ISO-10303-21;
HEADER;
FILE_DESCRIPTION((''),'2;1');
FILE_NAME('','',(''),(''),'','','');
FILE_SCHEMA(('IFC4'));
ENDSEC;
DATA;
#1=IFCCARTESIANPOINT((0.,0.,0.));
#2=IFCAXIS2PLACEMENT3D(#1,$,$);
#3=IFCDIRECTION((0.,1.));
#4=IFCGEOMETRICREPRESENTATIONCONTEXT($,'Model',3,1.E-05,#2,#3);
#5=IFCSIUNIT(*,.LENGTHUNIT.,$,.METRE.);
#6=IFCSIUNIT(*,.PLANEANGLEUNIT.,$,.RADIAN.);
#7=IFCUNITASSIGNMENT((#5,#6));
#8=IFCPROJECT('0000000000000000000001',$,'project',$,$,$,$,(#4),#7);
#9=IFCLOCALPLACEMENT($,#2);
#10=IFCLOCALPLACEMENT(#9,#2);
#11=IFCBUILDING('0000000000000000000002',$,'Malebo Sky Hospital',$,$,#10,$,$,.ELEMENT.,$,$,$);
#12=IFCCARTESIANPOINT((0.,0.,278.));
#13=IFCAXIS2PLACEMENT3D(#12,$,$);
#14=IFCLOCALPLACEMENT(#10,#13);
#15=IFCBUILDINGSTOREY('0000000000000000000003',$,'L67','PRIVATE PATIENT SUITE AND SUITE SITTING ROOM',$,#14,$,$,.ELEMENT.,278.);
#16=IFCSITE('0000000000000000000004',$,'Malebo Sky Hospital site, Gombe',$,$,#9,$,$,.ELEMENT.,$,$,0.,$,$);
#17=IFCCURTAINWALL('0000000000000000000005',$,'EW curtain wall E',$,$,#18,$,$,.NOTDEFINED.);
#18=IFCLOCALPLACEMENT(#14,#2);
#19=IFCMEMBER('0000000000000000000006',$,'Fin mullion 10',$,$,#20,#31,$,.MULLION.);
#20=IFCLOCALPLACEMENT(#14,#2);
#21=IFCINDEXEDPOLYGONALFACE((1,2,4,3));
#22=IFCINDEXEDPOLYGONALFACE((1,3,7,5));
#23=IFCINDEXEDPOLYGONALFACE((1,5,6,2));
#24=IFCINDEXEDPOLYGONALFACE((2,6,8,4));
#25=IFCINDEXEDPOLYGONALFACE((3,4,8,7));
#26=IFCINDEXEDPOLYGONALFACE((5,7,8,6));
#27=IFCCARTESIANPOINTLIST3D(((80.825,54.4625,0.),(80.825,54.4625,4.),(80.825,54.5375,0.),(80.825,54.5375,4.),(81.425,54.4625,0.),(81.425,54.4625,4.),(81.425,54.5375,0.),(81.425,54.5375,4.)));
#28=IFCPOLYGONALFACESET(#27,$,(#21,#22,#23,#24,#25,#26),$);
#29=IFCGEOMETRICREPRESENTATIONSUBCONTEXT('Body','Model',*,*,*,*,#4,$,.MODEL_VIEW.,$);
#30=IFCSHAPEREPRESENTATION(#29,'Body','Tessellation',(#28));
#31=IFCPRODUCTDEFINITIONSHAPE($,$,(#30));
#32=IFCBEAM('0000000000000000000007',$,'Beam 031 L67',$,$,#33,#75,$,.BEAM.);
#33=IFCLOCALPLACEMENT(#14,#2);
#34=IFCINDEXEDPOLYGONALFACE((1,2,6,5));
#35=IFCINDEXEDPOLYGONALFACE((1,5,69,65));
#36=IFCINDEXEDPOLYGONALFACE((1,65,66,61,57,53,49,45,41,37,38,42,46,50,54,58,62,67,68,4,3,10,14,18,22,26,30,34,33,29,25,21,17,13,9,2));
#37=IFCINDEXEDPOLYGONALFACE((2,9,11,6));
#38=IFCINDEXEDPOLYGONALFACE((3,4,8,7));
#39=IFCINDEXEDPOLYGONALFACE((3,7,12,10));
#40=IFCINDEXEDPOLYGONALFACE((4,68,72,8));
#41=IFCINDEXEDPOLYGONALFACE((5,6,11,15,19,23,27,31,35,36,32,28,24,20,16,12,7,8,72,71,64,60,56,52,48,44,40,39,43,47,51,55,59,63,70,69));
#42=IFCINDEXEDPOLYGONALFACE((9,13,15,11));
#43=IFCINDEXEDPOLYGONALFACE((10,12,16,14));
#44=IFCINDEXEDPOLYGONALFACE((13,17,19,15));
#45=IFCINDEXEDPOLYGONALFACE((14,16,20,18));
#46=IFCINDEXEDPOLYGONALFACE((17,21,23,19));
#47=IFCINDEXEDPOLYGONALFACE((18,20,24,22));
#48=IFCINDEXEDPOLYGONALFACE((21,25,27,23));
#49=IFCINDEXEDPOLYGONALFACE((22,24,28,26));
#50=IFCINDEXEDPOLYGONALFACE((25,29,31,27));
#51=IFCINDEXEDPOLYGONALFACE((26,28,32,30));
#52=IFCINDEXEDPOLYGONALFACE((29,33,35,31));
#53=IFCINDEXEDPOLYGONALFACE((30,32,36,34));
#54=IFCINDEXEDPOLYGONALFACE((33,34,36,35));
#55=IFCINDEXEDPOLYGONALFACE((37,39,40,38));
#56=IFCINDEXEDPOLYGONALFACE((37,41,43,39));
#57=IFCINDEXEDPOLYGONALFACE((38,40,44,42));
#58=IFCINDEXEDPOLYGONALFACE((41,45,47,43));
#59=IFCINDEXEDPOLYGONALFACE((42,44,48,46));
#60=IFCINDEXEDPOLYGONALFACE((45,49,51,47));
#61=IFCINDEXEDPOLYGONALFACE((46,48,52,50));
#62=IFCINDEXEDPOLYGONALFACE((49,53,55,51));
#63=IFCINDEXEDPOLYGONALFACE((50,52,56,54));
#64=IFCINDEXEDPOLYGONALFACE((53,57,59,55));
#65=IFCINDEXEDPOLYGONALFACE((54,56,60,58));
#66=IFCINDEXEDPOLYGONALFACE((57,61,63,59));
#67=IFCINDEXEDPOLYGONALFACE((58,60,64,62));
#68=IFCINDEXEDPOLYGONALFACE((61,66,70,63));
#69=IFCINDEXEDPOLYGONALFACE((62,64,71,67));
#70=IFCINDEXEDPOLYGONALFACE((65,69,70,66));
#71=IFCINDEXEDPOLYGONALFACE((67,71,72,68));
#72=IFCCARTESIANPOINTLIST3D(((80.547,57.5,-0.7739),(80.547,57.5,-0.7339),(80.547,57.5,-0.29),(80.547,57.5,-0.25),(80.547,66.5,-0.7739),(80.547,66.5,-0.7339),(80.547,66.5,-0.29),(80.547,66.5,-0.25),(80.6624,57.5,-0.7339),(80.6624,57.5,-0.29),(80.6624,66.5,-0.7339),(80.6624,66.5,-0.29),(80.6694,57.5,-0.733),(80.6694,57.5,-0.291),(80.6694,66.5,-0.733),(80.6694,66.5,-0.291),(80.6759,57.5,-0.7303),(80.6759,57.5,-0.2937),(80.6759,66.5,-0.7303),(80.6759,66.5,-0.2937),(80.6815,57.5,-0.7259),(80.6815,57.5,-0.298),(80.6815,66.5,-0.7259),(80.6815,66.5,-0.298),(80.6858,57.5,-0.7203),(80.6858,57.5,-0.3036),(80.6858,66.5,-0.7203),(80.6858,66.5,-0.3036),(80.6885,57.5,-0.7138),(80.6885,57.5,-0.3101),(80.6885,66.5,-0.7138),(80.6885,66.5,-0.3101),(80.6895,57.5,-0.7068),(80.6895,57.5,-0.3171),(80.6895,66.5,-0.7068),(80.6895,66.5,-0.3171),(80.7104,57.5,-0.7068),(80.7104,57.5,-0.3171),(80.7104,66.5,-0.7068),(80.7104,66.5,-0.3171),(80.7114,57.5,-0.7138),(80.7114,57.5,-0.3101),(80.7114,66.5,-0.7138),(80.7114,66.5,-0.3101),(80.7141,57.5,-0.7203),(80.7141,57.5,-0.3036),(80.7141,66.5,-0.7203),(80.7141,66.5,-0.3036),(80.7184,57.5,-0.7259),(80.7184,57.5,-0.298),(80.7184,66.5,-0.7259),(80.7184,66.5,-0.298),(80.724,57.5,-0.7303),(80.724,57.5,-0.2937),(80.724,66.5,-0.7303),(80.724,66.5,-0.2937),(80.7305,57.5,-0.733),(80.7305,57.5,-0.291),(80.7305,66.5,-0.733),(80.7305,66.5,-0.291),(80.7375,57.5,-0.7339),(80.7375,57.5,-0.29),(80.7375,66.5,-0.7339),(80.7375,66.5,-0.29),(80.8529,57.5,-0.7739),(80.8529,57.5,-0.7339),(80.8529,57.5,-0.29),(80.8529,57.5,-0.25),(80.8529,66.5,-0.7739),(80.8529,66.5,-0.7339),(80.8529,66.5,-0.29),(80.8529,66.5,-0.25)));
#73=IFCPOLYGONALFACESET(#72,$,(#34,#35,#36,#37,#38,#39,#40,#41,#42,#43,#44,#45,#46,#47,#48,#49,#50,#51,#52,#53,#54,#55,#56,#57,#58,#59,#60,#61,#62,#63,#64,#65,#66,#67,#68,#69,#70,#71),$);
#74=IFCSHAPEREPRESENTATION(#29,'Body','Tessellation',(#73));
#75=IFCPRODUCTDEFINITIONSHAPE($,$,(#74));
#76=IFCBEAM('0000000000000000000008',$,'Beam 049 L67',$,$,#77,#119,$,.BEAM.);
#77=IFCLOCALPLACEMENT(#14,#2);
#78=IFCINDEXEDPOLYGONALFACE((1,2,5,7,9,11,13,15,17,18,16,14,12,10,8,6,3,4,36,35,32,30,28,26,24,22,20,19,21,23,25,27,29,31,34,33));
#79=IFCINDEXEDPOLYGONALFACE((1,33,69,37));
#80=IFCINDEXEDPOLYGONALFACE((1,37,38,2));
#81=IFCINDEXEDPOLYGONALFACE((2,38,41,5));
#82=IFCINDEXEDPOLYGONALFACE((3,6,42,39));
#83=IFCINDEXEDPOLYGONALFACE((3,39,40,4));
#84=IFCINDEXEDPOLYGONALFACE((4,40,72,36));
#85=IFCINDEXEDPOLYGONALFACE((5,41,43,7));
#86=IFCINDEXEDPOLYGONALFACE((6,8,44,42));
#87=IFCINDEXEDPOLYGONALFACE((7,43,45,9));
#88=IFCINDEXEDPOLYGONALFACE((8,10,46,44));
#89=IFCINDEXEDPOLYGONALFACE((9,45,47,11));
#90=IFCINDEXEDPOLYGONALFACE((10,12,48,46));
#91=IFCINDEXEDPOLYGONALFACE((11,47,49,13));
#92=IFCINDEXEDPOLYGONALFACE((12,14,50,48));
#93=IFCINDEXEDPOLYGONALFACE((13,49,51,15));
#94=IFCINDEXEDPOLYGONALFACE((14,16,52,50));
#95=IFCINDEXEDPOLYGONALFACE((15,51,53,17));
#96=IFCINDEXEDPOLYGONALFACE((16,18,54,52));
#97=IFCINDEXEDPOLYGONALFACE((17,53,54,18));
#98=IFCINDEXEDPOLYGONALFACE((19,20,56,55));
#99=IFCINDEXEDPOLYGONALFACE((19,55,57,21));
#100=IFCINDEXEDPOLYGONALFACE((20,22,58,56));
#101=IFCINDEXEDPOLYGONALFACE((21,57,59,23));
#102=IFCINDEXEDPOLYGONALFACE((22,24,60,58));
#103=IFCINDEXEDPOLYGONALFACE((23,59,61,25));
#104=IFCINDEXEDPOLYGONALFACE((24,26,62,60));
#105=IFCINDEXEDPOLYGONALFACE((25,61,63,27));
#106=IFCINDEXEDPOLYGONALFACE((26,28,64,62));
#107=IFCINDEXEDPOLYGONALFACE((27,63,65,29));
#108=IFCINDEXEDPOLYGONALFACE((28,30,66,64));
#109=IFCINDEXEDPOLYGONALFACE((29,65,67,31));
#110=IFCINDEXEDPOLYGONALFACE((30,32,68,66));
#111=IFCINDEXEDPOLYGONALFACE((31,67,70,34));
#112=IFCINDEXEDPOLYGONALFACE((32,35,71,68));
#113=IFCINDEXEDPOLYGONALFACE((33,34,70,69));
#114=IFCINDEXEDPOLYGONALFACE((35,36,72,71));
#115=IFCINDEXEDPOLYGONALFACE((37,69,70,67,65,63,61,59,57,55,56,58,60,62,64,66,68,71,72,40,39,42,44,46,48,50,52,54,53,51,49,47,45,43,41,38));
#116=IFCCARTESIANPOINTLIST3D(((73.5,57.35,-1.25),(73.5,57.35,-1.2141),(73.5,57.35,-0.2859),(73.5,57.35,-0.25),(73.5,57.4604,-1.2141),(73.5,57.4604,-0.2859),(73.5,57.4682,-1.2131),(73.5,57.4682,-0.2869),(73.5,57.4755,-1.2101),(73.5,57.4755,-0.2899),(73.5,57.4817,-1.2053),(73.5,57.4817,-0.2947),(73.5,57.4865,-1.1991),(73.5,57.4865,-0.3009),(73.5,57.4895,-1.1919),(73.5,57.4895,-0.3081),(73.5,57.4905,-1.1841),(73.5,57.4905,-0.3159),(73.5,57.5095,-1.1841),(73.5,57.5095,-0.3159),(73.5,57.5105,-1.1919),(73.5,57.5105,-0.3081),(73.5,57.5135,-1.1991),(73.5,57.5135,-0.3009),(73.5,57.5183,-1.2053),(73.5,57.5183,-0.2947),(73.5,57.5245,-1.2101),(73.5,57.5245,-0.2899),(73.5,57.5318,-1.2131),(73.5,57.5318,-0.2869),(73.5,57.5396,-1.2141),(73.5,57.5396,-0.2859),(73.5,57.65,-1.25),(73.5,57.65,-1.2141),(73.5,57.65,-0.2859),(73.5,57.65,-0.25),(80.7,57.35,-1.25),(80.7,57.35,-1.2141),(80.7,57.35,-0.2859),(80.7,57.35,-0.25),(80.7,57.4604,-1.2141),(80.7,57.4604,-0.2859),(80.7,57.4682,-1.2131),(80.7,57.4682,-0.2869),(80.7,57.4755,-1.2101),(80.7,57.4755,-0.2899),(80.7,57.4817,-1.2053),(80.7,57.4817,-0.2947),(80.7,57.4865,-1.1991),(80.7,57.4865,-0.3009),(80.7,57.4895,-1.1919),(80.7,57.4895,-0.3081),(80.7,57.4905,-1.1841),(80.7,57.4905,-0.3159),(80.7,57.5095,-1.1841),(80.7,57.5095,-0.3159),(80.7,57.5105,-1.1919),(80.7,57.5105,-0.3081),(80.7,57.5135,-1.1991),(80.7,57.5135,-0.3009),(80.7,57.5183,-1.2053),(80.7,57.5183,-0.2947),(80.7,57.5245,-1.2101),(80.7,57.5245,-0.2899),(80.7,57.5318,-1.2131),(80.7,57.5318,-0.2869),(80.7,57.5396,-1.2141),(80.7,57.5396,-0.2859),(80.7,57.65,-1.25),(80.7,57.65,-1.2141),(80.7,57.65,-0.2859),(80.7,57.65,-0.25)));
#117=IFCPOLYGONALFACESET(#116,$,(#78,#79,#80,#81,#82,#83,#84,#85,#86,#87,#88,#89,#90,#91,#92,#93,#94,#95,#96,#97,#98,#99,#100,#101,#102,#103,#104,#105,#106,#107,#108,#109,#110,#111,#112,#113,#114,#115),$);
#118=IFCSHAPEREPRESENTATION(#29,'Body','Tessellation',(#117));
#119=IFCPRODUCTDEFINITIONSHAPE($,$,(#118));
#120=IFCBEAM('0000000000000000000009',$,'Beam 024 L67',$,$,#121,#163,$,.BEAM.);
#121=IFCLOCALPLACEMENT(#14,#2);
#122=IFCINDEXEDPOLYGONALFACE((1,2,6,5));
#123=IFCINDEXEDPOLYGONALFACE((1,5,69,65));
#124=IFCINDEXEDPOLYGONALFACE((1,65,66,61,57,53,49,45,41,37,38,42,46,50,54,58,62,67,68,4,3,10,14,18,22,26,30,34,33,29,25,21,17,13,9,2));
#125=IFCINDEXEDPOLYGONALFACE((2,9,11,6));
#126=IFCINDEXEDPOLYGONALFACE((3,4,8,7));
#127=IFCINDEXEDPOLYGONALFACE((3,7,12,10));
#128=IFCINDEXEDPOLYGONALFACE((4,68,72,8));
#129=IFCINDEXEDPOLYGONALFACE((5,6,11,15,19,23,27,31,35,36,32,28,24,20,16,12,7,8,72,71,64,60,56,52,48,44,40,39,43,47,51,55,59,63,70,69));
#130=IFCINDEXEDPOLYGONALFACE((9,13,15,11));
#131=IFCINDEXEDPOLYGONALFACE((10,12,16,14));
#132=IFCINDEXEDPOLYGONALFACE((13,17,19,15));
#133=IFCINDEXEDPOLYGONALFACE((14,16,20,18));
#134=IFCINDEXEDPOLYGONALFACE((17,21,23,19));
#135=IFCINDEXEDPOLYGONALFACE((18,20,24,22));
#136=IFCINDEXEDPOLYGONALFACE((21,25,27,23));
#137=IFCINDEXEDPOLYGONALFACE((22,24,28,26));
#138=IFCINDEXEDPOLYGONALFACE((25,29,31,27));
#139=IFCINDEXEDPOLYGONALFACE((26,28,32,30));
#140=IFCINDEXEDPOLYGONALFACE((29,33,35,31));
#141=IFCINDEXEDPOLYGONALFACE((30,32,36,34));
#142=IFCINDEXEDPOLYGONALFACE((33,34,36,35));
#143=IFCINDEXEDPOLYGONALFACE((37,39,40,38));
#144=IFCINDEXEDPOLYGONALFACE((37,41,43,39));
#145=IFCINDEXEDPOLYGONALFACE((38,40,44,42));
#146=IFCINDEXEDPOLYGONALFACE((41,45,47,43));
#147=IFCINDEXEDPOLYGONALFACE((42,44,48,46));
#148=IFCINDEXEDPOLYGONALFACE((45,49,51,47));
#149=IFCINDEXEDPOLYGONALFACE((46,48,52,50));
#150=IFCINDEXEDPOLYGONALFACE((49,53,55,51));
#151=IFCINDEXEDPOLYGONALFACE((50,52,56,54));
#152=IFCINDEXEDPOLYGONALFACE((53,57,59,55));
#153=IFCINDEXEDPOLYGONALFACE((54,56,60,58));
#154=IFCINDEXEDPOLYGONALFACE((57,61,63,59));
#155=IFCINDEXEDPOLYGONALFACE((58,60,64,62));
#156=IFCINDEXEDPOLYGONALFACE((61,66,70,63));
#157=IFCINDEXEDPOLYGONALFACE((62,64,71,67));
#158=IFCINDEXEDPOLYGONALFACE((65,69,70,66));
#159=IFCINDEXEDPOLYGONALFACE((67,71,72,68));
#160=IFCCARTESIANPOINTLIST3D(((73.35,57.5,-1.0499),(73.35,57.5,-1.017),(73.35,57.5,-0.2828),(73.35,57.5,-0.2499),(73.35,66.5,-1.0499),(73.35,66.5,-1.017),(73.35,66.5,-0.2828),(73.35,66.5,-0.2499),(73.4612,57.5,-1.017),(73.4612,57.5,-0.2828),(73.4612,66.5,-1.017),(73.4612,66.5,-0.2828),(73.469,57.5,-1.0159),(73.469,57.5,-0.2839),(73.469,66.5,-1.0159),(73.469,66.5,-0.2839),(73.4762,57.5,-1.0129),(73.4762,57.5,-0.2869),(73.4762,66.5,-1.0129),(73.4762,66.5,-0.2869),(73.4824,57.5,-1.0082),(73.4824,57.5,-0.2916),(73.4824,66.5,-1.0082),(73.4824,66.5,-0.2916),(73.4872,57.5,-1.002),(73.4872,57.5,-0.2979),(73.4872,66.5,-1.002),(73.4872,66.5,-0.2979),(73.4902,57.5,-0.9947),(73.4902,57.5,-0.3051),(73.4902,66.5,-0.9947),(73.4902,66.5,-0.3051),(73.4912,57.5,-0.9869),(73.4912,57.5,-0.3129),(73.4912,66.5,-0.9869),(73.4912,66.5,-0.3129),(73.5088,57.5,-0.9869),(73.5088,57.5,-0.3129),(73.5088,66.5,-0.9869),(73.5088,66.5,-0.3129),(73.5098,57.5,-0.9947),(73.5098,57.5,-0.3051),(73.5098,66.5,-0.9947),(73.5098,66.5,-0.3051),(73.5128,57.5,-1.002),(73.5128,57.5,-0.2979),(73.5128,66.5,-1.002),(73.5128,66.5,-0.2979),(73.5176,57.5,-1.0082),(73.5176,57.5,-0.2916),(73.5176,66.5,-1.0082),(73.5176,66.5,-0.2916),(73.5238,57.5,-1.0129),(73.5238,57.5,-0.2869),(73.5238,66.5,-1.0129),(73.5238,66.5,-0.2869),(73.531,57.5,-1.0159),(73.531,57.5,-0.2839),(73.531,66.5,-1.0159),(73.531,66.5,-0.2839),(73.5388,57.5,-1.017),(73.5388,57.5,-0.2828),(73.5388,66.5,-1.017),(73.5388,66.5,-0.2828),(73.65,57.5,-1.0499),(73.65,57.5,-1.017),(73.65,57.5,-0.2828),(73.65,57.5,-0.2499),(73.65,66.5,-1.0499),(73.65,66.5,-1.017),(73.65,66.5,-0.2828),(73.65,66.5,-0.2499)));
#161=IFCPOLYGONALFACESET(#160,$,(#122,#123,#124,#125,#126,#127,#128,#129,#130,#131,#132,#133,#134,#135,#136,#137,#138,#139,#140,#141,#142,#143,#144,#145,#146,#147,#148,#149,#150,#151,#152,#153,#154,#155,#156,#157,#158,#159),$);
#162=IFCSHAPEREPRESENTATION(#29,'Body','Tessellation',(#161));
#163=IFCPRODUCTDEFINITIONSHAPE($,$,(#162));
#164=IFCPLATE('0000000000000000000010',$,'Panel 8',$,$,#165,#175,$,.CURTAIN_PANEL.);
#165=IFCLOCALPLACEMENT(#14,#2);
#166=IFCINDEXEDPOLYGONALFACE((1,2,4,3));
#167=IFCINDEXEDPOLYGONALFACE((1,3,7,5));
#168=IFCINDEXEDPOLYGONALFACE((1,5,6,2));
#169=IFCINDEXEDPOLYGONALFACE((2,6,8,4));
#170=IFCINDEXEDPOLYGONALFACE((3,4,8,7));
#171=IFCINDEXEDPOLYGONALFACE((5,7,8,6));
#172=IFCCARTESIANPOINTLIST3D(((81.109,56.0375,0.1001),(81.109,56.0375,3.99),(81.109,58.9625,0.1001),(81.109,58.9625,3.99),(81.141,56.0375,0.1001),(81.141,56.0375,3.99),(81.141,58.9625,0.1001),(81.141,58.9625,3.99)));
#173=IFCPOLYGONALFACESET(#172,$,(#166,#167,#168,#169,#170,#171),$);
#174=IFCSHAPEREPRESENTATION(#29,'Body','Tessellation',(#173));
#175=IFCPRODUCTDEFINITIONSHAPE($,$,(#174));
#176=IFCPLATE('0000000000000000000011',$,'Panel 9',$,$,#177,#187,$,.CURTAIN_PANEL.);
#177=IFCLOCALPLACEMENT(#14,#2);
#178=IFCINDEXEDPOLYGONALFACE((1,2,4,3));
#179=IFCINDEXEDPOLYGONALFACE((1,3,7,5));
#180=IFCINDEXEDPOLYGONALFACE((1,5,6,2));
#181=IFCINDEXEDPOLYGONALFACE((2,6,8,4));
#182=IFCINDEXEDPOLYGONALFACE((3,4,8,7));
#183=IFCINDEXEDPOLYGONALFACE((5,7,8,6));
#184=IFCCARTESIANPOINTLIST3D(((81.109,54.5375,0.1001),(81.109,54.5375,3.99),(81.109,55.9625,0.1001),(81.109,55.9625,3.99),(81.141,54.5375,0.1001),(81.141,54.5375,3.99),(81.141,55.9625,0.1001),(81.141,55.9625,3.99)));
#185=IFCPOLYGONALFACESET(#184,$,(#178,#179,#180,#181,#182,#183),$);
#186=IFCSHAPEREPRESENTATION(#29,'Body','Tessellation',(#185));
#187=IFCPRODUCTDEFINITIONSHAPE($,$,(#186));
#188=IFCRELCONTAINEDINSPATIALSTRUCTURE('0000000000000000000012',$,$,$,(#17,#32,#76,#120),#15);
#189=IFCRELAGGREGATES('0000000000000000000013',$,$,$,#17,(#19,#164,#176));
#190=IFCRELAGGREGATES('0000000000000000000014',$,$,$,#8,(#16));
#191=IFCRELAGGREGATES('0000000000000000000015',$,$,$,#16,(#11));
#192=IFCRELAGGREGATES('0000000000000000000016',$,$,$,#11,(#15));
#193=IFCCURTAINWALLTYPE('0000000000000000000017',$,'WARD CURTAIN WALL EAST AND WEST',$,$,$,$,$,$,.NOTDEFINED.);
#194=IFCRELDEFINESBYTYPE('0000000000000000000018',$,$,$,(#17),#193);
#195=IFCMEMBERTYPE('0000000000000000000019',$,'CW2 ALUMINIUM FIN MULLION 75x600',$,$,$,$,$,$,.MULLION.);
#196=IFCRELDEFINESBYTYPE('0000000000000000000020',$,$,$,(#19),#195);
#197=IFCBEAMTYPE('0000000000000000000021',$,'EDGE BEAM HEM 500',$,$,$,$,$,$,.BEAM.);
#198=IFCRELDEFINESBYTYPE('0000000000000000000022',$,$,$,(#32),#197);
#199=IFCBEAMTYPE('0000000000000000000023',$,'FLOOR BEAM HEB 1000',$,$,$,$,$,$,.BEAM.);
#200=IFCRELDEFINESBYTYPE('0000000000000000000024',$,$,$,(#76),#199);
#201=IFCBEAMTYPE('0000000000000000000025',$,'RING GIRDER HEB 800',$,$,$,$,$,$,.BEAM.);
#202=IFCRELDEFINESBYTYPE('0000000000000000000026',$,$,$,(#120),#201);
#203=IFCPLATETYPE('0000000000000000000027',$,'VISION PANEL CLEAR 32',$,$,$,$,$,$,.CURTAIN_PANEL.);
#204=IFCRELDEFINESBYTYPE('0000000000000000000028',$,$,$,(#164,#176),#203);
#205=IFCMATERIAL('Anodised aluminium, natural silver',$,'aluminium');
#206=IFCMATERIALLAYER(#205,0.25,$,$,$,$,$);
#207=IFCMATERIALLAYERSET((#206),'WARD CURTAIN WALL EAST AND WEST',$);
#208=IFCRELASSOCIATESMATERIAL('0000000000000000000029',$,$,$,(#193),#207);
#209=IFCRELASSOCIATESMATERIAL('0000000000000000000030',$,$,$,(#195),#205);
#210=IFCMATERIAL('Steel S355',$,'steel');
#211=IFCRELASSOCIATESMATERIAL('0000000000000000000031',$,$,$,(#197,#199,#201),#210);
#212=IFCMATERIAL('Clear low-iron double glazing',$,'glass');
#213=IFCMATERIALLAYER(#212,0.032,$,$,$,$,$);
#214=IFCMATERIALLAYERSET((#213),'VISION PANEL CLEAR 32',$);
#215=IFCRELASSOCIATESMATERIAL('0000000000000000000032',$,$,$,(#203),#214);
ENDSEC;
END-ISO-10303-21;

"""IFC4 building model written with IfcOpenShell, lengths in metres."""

from ifc_helpers import new_model, si_unit, direction, frame, origin, origin_2d, place, context, subcontext, project, spatial, rectangle, i_section, extrude, material, layer, layer_set, material_profile, profile_set, type_object, element, aggregate, save


model = new_model("IFC4")

# Units and contexts
model_context = context("Model", 3, precision=1e-05, world=origin(), true_north=direction((0.0, 1.0)))
body_context = subcontext(model_context, "Body", "Model", "MODEL_VIEW")
ifc_project = project(units=[si_unit("LENGTHUNIT", "METRE"), si_unit("PLANEANGLEUNIT", "RADIAN")], contexts=[model_context])

# Site, building, storey
site_placement = place(None, origin())
site = spatial("IfcSite", under=ifc_project, at=site_placement, Name="Malebo Sky Hospital site, Gombe", CompositionType="ELEMENT", RefElevation=0.0)
building_placement = place(site_placement, origin())
building = spatial("IfcBuilding", under=site, at=building_placement, Name="Malebo Sky Hospital", CompositionType="ELEMENT")
storey_placement = place(building_placement, frame((0.0, 0.0, 278.0)))
storey = spatial("IfcBuildingStorey", under=building, at=storey_placement, Name="L67", Description="PRIVATE PATIENT SUITE AND SUITE SITTING ROOM", CompositionType="ELEMENT", Elevation=278.0)

# Curtain wall
ifc_material_1 = material(Name="Anodised aluminium, natural silver", Category="aluminium")
ifc_layer_1 = layer(ifc_material_1, 0.25)
ifc_layer_set_1 = layer_set([ifc_layer_1], Name="WARD CURTAIN WALL EAST AND WEST")
curtain_wall_type = type_object("IfcCurtainWallType", Name="WARD CURTAIN WALL EAST AND WEST", PredefinedType="NOTDEFINED", material=ifc_layer_set_1)
curtain_wall_placement = place(storey_placement, origin())
curtain_wall = element("IfcCurtainWall", 1, at=curtain_wall_placement, inside=storey, type_object=curtain_wall_type, Name="EW curtain wall E", PredefinedType="NOTDEFINED")

# Member
ifc_material_2 = material(Name="Steel S355", Category="steel")
ifc_material_profile_1 = material_profile(ifc_material_1, rectangle(XDim=0.075, YDim=0.6001, at=origin_2d()), Name="CW2 ALUMINIUM FIN MULLION 75x600")
ifc_profile_set_1 = profile_set([ifc_material_profile_1], Name="Anodised aluminium, natural silver")
member_type_1 = type_object("IfcMemberType", Name="CW2 ALUMINIUM FIN MULLION 75x600", PredefinedType="MULLION", material=ifc_profile_set_1)
member_1_placement = place(storey_placement, frame((81.125, 54.5, 0.0), z_axis=(0.0, 0.0, 1.0), x_axis=(0.0, -1.0, 0.0)))
member_1 = element("IfcMember", 2, at=member_1_placement, type_object=member_type_1, Name="Fin mullion 10", PredefinedType="MULLION", context=body_context, shape_type="SweptSolid", body=[
    extrude(rectangle(XDim=0.075, YDim=0.6001, at=origin_2d()), origin(), (0.0, 0.0, 1.0), 4.0),
])

# Beams
ifc_material_profile_2 = material_profile(ifc_material_2, i_section(OverallWidth=0.3059, OverallDepth=0.5239, WebThickness=0.021, FlangeThickness=0.04, FilletRadius=0.0271, at=origin_2d()), Name="HEM 500")
ifc_profile_set_2 = profile_set([ifc_material_profile_2], Name="Steel S355")
beam_type_1 = type_object("IfcBeamType", Name="EDGE BEAM HEM 500", PredefinedType="BEAM", material=ifc_profile_set_2)
beam_1_placement = place(storey_placement, frame((80.7, 57.5, -0.512), z_axis=(0.0, 1.0, 0.0), x_axis=(-1.0, 0.0, 0.0)))
element("IfcBeam", 3, at=beam_1_placement, inside=storey, type_object=beam_type_1, Name="Beam 031 L67", PredefinedType="BEAM", context=body_context, shape_type="SweptSolid", body=[
    extrude(i_section(OverallWidth=0.3059, OverallDepth=0.5239, WebThickness=0.021, FlangeThickness=0.04, FilletRadius=0.0271, at=origin_2d()), origin(), (0.0, 0.0, 1.0), 9.0),
])
ifc_material_profile_3 = material_profile(ifc_material_2, i_section(OverallWidth=0.3, OverallDepth=1.0, WebThickness=0.019, FlangeThickness=0.0359, FilletRadius=0.03, at=origin_2d()), Name="HEB 1000")
ifc_profile_set_3 = profile_set([ifc_material_profile_3], Name="Steel S355")
beam_type_2 = type_object("IfcBeamType", Name="FLOOR BEAM HEB 1000", PredefinedType="BEAM", material=ifc_profile_set_3)
beam_2_placement = place(storey_placement, frame((73.5, 57.5, -0.75), z_axis=(1.0, 0.0, 0.0), x_axis=(0.0, 1.0, 0.0)))
element("IfcBeam", 4, at=beam_2_placement, inside=storey, type_object=beam_type_2, Name="Beam 049 L67", PredefinedType="BEAM", context=body_context, shape_type="SweptSolid", body=[
    extrude(i_section(OverallWidth=0.3, OverallDepth=1.0, WebThickness=0.019, FlangeThickness=0.0359, FilletRadius=0.03, at=origin_2d()), origin(), (0.0, 0.0, 1.0), 7.2),
])
ifc_material_profile_4 = material_profile(ifc_material_2, i_section(OverallWidth=0.3, OverallDepth=0.8, WebThickness=0.0176, FlangeThickness=0.033, FilletRadius=0.03, at=origin_2d()), Name="HEB 800")
ifc_profile_set_4 = profile_set([ifc_material_profile_4], Name="Steel S355")
beam_type_3 = type_object("IfcBeamType", Name="RING GIRDER HEB 800", PredefinedType="BEAM", material=ifc_profile_set_4)
beam_3_placement = place(storey_placement, frame((73.5, 57.5, -0.6499), z_axis=(0.0, 1.0, 0.0), x_axis=(-1.0, 0.0, 0.0)))
element("IfcBeam", 5, at=beam_3_placement, inside=storey, type_object=beam_type_3, Name="Beam 024 L67", PredefinedType="BEAM", context=body_context, shape_type="SweptSolid", body=[
    extrude(i_section(OverallWidth=0.3, OverallDepth=0.8, WebThickness=0.0176, FlangeThickness=0.033, FilletRadius=0.03, at=origin_2d()), origin(), (0.0, 0.0, 1.0), 9.0),
])

# Plates
ifc_material_3 = material(Name="Clear low-iron double glazing", Category="glass")
ifc_layer_2 = layer(ifc_material_3, 0.032)
ifc_layer_set_2 = layer_set([ifc_layer_2], Name="VISION PANEL CLEAR 32")
plate_type = type_object("IfcPlateType", Name="VISION PANEL CLEAR 32", PredefinedType="CURTAIN_PANEL", material=ifc_layer_set_2)
plate_1_placement = place(storey_placement, frame((81.125, 57.5, 0.1001), z_axis=(0.0, 0.0, 1.0), x_axis=(0.0, -1.0, 0.0)))
plate_1 = element("IfcPlate", 6, at=plate_1_placement, type_object=plate_type, Name="Panel 8", PredefinedType="CURTAIN_PANEL", context=body_context, shape_type="SweptSolid", body=[
    extrude(rectangle(XDim=2.925, YDim=0.032, at=origin_2d()), origin(), (0.0, 0.0, 1.0), 3.8899),
])
plate_2_placement = place(storey_placement, frame((81.125, 55.25, 0.1001), z_axis=(0.0, 0.0, 1.0), x_axis=(0.0, -1.0, 0.0)))
plate_2 = element("IfcPlate", 7, at=plate_2_placement, type_object=plate_type, Name="Panel 9", PredefinedType="CURTAIN_PANEL", context=body_context, shape_type="SweptSolid", body=[
    extrude(rectangle(XDim=1.425, YDim=0.032, at=origin_2d()), origin(), (0.0, 0.0, 1.0), 3.8899),
])
aggregate(curtain_wall, [member_1, plate_1, plate_2])

save(model, "model.ifc")
